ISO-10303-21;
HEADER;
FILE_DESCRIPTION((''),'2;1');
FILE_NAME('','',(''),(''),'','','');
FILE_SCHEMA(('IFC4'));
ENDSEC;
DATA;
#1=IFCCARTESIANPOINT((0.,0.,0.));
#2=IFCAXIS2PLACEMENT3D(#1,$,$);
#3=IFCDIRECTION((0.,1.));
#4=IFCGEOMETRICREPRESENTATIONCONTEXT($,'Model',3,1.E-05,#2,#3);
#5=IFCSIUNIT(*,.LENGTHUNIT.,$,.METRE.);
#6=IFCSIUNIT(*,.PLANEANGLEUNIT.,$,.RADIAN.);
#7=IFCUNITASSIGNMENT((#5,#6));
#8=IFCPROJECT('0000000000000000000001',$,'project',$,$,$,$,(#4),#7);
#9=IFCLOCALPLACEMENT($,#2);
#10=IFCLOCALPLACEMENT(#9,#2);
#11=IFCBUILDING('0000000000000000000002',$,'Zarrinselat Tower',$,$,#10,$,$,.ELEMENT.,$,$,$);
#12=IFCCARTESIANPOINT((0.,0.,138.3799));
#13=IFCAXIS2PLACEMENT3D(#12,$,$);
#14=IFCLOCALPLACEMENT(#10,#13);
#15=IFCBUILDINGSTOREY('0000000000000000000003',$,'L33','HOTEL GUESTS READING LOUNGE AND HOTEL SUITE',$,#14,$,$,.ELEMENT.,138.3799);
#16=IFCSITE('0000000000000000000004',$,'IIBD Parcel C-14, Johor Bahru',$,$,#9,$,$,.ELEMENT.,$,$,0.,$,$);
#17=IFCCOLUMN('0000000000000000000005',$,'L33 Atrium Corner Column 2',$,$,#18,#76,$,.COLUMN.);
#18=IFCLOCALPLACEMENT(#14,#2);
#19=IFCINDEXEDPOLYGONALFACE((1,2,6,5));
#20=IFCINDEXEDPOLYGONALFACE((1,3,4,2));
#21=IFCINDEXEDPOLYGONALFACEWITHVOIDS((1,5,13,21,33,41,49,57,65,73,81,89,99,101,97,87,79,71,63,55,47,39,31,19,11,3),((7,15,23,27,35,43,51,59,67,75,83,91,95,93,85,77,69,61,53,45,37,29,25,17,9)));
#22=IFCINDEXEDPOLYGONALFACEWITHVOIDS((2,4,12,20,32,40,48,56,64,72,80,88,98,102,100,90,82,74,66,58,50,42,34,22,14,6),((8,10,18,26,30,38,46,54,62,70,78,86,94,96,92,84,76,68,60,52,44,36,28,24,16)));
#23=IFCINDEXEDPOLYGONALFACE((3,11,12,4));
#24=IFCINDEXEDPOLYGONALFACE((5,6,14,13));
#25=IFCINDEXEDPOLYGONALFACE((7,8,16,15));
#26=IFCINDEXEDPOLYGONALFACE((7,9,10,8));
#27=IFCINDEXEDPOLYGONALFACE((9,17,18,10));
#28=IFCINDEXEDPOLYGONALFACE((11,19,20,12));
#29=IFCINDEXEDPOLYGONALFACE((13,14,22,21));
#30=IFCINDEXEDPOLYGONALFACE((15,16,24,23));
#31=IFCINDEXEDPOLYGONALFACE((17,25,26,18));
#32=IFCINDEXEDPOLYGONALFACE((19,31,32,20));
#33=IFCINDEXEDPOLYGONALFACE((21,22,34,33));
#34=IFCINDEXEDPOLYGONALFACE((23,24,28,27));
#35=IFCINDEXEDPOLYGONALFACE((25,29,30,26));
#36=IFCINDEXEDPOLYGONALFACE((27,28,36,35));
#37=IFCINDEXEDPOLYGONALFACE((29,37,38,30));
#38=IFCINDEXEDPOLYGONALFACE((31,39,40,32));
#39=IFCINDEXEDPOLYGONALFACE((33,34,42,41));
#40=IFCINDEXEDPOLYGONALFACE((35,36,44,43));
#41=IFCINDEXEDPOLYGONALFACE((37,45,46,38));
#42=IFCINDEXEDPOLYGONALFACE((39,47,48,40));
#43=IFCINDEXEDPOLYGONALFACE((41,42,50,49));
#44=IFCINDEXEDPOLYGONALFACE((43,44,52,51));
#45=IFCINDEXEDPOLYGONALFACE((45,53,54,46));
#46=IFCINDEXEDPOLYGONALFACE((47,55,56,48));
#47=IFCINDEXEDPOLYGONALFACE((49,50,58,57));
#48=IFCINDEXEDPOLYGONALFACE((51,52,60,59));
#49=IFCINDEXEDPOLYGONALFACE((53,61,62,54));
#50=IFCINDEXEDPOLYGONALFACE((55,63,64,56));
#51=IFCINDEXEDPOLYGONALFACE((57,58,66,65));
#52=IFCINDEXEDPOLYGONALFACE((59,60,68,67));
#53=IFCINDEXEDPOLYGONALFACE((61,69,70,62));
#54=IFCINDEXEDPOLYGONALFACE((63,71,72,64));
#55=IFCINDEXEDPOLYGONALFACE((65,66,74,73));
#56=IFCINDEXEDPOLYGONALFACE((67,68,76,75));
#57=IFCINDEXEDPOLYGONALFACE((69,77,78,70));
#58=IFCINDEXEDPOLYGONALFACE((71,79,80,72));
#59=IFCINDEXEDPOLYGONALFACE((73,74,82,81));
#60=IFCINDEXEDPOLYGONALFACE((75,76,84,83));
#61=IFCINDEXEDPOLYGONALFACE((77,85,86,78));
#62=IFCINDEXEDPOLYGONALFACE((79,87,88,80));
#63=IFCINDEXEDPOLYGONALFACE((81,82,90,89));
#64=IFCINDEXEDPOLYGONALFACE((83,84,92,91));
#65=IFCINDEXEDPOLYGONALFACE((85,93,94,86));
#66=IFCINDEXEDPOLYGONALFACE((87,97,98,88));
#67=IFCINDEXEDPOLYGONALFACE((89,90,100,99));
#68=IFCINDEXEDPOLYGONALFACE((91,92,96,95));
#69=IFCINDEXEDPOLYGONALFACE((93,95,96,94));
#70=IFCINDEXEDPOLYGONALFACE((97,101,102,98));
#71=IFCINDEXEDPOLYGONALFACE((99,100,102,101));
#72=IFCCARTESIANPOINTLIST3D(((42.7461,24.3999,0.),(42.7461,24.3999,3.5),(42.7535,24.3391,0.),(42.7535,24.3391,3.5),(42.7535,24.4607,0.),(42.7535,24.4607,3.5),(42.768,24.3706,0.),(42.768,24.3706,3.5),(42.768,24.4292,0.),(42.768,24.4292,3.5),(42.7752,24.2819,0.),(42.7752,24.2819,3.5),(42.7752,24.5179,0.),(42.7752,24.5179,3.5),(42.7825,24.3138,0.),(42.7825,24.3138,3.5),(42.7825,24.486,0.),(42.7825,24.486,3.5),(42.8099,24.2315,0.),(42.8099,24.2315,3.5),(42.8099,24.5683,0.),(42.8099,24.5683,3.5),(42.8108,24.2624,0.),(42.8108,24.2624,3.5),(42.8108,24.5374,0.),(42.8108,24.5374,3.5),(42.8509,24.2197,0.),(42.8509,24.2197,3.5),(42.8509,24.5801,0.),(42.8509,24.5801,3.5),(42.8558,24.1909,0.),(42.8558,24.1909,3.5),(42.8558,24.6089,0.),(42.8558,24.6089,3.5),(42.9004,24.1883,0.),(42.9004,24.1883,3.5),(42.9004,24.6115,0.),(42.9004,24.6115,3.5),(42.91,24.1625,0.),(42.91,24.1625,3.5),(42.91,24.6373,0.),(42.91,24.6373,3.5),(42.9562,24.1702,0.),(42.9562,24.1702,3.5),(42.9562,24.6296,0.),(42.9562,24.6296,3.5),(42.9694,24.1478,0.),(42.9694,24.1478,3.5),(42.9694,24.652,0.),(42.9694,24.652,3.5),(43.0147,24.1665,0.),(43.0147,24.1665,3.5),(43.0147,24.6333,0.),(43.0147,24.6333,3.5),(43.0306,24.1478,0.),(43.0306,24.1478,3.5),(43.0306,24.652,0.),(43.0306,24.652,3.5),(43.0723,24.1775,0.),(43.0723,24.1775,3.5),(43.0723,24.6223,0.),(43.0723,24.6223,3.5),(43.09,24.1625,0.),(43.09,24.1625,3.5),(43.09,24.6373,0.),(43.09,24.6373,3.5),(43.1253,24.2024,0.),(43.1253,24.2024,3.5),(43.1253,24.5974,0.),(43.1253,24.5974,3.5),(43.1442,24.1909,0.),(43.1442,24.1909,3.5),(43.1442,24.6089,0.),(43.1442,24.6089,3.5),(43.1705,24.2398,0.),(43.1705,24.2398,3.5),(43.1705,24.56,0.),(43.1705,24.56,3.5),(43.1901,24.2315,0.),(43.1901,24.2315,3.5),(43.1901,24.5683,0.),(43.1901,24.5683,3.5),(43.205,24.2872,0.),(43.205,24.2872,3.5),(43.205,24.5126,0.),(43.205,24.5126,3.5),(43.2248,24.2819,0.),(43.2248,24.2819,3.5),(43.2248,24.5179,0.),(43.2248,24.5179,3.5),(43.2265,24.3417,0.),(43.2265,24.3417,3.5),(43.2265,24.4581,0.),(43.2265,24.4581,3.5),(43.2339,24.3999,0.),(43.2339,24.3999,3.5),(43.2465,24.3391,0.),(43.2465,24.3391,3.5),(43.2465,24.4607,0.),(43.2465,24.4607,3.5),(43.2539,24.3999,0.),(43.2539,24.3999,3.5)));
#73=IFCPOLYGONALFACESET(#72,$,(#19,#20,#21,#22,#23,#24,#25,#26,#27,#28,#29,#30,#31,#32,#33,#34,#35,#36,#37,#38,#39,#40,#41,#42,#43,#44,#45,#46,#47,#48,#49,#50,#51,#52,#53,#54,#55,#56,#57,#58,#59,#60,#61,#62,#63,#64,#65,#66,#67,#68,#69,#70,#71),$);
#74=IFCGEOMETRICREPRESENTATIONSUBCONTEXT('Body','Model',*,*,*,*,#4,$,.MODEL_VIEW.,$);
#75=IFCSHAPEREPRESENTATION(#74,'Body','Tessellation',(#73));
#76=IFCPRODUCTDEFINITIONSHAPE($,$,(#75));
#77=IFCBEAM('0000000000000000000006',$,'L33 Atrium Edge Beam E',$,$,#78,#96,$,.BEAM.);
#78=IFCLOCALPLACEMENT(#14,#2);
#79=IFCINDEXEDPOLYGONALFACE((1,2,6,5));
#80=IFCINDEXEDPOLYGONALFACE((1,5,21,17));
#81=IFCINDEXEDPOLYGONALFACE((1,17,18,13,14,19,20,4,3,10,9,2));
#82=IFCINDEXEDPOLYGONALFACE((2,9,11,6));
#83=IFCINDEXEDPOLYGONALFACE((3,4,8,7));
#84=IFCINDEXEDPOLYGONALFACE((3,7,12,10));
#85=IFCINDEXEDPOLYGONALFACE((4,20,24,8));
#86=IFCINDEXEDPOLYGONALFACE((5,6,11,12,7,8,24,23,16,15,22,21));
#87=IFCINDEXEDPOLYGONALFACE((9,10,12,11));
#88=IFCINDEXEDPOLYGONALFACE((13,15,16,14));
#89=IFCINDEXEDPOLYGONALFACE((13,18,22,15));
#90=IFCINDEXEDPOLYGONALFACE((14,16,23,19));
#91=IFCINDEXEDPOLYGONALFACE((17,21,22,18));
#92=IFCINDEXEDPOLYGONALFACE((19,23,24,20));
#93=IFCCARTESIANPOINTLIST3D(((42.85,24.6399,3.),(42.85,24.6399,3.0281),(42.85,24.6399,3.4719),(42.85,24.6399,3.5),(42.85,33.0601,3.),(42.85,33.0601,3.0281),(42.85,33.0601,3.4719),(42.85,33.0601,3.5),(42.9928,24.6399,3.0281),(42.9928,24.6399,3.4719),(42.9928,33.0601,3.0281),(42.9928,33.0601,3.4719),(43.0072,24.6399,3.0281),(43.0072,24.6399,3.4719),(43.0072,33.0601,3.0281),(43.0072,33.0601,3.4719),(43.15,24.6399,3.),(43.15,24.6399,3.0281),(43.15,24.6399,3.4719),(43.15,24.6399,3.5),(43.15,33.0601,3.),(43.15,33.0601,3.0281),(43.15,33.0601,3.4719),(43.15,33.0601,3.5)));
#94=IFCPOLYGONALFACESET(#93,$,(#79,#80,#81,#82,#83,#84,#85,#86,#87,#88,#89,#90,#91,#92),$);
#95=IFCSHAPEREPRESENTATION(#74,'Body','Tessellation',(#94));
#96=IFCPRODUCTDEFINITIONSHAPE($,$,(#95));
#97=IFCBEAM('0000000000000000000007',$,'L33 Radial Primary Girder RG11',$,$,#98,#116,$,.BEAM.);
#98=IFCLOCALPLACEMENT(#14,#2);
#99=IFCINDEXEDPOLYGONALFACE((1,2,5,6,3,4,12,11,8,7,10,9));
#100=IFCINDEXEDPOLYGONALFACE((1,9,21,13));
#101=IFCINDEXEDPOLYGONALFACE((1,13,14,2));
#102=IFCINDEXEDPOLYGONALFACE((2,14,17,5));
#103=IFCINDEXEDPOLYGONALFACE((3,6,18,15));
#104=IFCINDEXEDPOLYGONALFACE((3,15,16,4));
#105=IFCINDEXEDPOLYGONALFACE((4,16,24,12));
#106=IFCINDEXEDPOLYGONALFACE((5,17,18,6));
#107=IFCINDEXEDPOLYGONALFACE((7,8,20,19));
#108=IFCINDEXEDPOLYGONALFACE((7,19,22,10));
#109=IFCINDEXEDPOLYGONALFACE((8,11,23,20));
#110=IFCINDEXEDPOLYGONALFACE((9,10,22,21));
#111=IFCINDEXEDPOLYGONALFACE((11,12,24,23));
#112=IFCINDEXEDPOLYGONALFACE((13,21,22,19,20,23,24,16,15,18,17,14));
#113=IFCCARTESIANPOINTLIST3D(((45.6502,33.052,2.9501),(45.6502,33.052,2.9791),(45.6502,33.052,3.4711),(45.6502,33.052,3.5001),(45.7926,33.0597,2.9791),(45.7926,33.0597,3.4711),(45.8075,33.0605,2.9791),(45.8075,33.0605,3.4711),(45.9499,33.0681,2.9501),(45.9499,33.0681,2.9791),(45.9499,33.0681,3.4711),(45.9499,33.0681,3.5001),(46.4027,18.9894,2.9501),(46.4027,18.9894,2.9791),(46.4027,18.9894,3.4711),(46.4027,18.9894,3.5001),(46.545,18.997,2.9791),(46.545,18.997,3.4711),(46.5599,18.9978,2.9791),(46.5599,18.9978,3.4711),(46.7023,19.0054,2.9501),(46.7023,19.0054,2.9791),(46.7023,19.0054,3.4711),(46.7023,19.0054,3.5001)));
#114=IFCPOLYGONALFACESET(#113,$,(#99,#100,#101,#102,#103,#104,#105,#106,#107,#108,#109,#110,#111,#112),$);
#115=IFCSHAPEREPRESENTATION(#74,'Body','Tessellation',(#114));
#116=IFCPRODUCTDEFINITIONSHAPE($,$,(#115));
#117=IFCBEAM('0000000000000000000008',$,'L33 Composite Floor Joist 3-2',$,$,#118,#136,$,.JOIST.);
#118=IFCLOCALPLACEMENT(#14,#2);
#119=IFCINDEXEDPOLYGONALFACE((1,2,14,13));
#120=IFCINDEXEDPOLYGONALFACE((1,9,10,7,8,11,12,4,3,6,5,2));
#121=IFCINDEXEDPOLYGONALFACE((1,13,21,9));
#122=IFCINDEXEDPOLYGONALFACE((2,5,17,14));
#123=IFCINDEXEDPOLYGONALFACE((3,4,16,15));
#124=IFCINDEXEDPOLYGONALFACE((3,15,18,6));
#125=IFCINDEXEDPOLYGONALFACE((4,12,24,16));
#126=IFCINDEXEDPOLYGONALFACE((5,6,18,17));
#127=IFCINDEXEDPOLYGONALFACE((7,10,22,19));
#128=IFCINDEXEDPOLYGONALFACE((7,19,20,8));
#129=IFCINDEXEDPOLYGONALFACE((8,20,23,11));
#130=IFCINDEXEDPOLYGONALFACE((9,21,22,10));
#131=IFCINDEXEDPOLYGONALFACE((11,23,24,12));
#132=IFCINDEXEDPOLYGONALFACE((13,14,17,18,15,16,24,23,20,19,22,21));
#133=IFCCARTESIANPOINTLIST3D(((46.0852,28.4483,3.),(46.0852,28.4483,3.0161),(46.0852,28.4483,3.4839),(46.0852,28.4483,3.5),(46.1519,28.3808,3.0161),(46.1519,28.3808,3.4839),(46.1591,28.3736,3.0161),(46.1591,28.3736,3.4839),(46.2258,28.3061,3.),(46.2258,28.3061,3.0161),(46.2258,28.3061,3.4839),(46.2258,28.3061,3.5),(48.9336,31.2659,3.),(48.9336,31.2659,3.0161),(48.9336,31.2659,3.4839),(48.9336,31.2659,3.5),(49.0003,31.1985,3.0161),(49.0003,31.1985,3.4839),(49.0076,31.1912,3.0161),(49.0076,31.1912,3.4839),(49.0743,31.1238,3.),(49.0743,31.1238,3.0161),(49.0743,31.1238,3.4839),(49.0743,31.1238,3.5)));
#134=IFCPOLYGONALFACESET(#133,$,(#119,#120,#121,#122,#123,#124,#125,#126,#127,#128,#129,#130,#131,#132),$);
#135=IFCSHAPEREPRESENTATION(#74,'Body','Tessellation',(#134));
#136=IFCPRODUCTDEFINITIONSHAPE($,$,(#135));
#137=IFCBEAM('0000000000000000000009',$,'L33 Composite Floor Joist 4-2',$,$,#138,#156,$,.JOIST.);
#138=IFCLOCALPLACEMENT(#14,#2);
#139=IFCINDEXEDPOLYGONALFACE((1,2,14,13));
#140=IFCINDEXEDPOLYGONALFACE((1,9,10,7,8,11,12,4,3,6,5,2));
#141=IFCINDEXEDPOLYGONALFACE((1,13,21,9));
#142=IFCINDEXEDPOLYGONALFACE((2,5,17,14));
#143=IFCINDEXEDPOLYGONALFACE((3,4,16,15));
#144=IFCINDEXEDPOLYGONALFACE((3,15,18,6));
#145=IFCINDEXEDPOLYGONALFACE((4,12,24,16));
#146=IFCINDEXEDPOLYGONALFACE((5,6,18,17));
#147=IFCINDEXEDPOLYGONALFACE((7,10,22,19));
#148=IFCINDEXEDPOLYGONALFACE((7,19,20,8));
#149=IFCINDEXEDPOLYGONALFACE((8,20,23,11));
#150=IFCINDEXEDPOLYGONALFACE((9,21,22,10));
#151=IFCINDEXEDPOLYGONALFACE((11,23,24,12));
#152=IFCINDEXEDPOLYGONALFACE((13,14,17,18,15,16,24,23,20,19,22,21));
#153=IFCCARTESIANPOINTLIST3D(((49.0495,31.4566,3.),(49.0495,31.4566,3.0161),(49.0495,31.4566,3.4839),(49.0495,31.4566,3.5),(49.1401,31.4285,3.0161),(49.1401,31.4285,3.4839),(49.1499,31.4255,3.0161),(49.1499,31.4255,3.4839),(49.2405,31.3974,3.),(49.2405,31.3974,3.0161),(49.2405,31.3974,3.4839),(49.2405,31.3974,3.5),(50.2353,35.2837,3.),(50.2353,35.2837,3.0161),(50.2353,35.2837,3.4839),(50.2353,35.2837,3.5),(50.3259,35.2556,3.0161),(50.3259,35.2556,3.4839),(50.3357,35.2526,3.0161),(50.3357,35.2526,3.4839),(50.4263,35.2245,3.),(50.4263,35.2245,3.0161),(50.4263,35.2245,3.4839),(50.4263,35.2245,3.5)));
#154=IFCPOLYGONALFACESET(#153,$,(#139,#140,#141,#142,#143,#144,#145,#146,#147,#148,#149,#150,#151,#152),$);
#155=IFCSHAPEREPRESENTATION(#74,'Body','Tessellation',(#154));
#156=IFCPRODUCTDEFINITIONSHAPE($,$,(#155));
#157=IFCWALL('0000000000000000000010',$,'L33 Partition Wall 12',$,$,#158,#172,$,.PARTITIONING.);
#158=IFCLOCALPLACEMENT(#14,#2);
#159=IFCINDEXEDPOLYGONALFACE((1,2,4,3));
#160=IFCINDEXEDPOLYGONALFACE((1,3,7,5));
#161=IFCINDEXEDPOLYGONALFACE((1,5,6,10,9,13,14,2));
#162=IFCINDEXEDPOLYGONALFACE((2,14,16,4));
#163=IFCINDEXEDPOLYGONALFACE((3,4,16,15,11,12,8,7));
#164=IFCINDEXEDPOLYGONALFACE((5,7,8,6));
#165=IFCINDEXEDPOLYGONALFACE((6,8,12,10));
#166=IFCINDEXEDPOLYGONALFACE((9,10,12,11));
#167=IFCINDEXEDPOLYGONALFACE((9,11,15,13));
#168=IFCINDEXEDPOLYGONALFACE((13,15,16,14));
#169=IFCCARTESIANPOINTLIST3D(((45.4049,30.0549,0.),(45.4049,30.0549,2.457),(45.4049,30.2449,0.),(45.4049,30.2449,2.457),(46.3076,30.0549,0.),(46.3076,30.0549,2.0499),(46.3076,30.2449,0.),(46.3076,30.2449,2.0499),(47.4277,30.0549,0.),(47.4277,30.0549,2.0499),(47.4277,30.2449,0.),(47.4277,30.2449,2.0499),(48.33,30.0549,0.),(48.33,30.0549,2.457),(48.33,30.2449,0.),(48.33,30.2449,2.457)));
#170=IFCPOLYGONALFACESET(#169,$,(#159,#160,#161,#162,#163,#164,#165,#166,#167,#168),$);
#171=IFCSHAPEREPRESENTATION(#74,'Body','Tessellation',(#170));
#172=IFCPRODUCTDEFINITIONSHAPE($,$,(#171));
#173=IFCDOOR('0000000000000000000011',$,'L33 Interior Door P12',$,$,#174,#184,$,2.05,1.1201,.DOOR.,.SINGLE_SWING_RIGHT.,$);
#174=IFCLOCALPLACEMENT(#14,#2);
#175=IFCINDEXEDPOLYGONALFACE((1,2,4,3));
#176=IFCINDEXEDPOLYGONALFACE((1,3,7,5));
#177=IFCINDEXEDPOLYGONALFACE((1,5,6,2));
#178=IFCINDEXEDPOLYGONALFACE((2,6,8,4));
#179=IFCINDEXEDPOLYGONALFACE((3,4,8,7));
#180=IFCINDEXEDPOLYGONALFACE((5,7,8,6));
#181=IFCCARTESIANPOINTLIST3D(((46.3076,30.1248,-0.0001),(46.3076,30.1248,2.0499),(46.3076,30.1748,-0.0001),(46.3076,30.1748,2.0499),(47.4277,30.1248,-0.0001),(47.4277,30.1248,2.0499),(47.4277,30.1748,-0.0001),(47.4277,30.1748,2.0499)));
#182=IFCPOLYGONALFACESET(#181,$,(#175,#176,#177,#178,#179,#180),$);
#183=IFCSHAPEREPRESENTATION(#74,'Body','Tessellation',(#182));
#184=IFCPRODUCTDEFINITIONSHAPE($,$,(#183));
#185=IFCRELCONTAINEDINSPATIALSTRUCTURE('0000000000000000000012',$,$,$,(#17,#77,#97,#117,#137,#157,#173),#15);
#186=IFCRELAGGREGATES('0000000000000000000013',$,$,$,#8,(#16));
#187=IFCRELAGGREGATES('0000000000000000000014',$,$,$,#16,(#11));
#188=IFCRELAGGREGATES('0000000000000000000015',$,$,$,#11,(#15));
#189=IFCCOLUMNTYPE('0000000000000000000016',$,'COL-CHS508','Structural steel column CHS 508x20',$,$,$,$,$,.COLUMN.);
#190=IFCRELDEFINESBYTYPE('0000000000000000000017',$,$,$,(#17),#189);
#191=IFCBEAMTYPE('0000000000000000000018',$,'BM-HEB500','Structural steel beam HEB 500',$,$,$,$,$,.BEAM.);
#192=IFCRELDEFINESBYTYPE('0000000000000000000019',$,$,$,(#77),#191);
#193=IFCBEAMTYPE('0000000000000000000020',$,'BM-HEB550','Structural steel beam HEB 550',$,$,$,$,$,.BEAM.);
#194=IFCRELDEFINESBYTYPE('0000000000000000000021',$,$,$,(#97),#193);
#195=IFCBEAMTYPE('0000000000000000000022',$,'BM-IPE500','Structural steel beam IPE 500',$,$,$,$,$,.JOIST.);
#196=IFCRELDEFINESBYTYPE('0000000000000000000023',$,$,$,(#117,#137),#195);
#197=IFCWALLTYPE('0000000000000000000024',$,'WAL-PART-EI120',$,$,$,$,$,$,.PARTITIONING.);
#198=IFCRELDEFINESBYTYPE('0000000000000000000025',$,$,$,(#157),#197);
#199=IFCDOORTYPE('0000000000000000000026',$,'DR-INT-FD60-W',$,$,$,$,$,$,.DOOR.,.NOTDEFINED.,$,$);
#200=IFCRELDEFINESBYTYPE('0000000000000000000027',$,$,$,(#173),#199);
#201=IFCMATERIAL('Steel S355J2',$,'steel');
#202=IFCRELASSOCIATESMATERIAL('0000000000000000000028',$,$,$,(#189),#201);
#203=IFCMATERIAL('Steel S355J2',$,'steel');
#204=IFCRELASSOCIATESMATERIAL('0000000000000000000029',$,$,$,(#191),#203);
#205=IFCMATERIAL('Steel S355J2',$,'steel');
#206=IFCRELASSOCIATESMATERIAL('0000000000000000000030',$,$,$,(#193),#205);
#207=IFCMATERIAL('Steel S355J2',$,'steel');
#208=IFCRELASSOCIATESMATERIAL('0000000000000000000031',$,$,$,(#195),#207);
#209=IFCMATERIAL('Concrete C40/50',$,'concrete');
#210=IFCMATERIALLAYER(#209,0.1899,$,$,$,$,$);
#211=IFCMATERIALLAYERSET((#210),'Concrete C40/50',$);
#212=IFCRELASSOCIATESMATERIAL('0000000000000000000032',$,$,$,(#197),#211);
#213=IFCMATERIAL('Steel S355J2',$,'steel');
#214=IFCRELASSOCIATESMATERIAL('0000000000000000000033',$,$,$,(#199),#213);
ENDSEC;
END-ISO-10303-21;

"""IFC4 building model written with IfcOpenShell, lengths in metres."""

from ifc_helpers import new_model, si_unit, direction, frame, frame_2d, origin, origin_2d, place, context, subcontext, project, spatial, rectangle, hollow_circle, i_section, extrude, material, layer, layer_set, material_profile, profile_set, type_object, element, fill, save


model = new_model("IFC4")

# Units and contexts
model_context = context("Model", 3, precision=1e-05, world=origin(), true_north=direction((0.0, 1.0)))
body_context = subcontext(model_context, "Body", "Model", "MODEL_VIEW")
ifc_project = project(units=[si_unit("LENGTHUNIT", "METRE"), si_unit("PLANEANGLEUNIT", "RADIAN")], contexts=[model_context])

# Site, building, storey
site_placement = place(None, origin())
site = spatial("IfcSite", under=ifc_project, at=site_placement, Name="IIBD Parcel C-14, Johor Bahru", CompositionType="ELEMENT", RefElevation=0.0)
building_placement = place(site_placement, origin())
building = spatial("IfcBuilding", under=site, at=building_placement, Name="Zarrinselat Tower", CompositionType="ELEMENT")
storey_placement = place(building_placement, frame((0.0, 0.0, 138.3799)))
storey = spatial("IfcBuildingStorey", under=building, at=storey_placement, Name="L33", Description="HOTEL GUESTS READING LOUNGE AND HOTEL SUITE", CompositionType="ELEMENT", Elevation=138.3799)

# Column
ifc_material_1 = material(Name="Steel S355J2", Category="steel")
ifc_material_profile_1 = material_profile(ifc_material_1, hollow_circle(Radius=0.2539, WallThickness=0.02, at=origin_2d()), Name="CHS 508x20")
ifc_profile_set_1 = profile_set([ifc_material_profile_1], Name="Steel S355J2")
column_type = type_object("IfcColumnType", Name="COL-CHS508", Description="Structural steel column CHS 508x20", PredefinedType="COLUMN", material=ifc_profile_set_1)
column_placement = place(storey_placement, frame((43.0, 24.3999, 0.0), z_axis=(0.0, 0.0, 1.0), x_axis=(1.0, 0.0, 0.0)))
element("IfcColumn", 1, at=column_placement, inside=storey, type_object=column_type, Name="L33 Atrium Corner Column 2", PredefinedType="COLUMN", context=body_context, shape_type="SweptSolid", body=[
    extrude(hollow_circle(Radius=0.2539, WallThickness=0.02, at=origin_2d()), origin(), (0.0, 0.0, 1.0), 3.5),
])

# Beams
ifc_material_2 = material(Name="Steel S355J2", Category="steel")
ifc_material_profile_2 = material_profile(ifc_material_2, i_section(OverallWidth=0.3, OverallDepth=0.5, WebThickness=0.0144, FlangeThickness=0.0281, at=origin_2d()), Name="HEB 500")
ifc_profile_set_2 = profile_set([ifc_material_profile_2], Name="Steel S355J2")
beam_type_1 = type_object("IfcBeamType", Name="BM-HEB500", Description="Structural steel beam HEB 500", PredefinedType="BEAM", material=ifc_profile_set_2)
beam_1_placement = place(storey_placement, frame((43.0, 24.6399, 3.25), z_axis=(0.0, 1.0, 0.0), x_axis=(-1.0, 0.0, 0.0)))
element("IfcBeam", 2, at=beam_1_placement, inside=storey, type_object=beam_type_1, Name="L33 Atrium Edge Beam E", PredefinedType="BEAM", context=body_context, shape_type="SweptSolid", body=[
    extrude(i_section(OverallWidth=0.3, OverallDepth=0.5, WebThickness=0.0144, FlangeThickness=0.0281, at=origin_2d()), origin(), (0.0, 0.0, 1.0), 8.4202),
])
ifc_material_3 = material(Name="Steel S355J2", Category="steel")
ifc_material_profile_3 = material_profile(ifc_material_3, i_section(OverallWidth=0.3, OverallDepth=0.55, WebThickness=0.0149, FlangeThickness=0.0291, at=origin_2d()), Name="HEB 550")
ifc_profile_set_3 = profile_set([ifc_material_profile_3], Name="Steel S355J2")
beam_type_2 = type_object("IfcBeamType", Name="BM-HEB550", Description="Structural steel beam HEB 550", PredefinedType="BEAM", material=ifc_profile_set_3)
beam_2_placement = place(storey_placement, frame((45.8, 33.0601, 3.2251), z_axis=(0.05343, -0.998572, 0.0), x_axis=(0.998572, 0.05343, 0.0)))
element("IfcBeam", 3, at=beam_2_placement, inside=storey, type_object=beam_type_2, Name="L33 Radial Primary Girder RG11", PredefinedType="BEAM", context=body_context, shape_type="SweptSolid", body=[
    extrude(i_section(OverallWidth=0.3, OverallDepth=0.55, WebThickness=0.0149, FlangeThickness=0.0291, at=origin_2d()), origin(), (0.0, 0.0, 1.0), 14.0828),
])
ifc_material_4 = material(Name="Steel S355J2", Category="steel")
ifc_material_profile_4 = material_profile(ifc_material_4, i_section(OverallWidth=0.2, OverallDepth=0.5, WebThickness=0.0103, FlangeThickness=0.0161, at=origin_2d()), Name="IPE 500")
ifc_profile_set_4 = profile_set([ifc_material_profile_4], Name="Steel S355J2")
beam_type_3 = type_object("IfcBeamType", Name="BM-IPE500", Description="Structural steel beam IPE 500", PredefinedType="JOIST", material=ifc_profile_set_4)
for number, where, z_axis, x_axis, name in (
    (4, (46.1555, 28.3772, 3.25), (0.710935, 0.703257, 0.0), (-0.703257, 0.710935, 0.0), "L33 Composite Floor Joist 3-2"),
    (5, (49.145, 31.427, 3.25), (0.295956, 0.955201, 0.0), (-0.955201, 0.295956, 0.0), "L33 Composite Floor Joist 4-2"),
):
    element("IfcBeam", number, at=place(storey_placement, frame(where, z_axis=z_axis, x_axis=x_axis)), inside=storey, type_object=beam_type_3, Name=name, PredefinedType="JOIST", context=body_context, shape_type="SweptSolid", body=[
        extrude(i_section(OverallWidth=0.2, OverallDepth=0.5, WebThickness=0.0103, FlangeThickness=0.0161, at=origin_2d()), origin(), (0.0, 0.0, 1.0), 4.0066),
    ])

# Wall, opening, door
ifc_material_5 = material(Name="Concrete C40/50", Category="concrete")
ifc_layer_1 = layer(ifc_material_5, 0.1899)
ifc_layer_set_1 = layer_set([ifc_layer_1], Name="Concrete C40/50")
wall_type_1 = type_object("IfcWallType", Name="WAL-PART-EI120", PredefinedType="PARTITIONING", material=ifc_layer_set_1)
wall_1_placement = place(storey_placement, frame((45.405, 30.1499, 0.0), z_axis=(0.0, 0.0, 1.0), x_axis=(1.0, 0.0, 0.0)))
wall_1 = element("IfcWall", 6, at=wall_1_placement, inside=storey, type_object=wall_type_1, Name="L33 Partition Wall 12", PredefinedType="PARTITIONING", context=body_context, shape_type="SweptSolid", body=[
    extrude(rectangle(XDim=2.925, YDim=0.1899, at=frame_2d((1.4624, 0.0))), origin(), (0.0, 0.0, 1.0), 2.457),
])
opening_1_placement = place(wall_1_placement, frame((0.9026, 0.0, 0.0)))
opening_1 = element("IfcOpeningElement", 7, at=opening_1_placement, cuts=wall_1, PredefinedType="OPENING", context=body_context, shape_type="SweptSolid", body=[
    extrude(rectangle(XDim=1.1201, YDim=2.05, at=frame_2d((0.5601, 1.0249))), frame((0.0, 0.105, 0.0), z_axis=(0.0, -1.0, 0.0), x_axis=(1.0, 0.0, 0.0)), (0.0, 0.0, 1.0), 0.21),
])
ifc_material_6 = material(Name="Steel S355J2", Category="steel")
door_type_1 = type_object("IfcDoorType", Name="DR-INT-FD60-W", OperationType="NOTDEFINED", PredefinedType="DOOR", material=ifc_material_6)
door_1_placement = place(opening_1_placement, origin())
door_1 = element("IfcDoor", 8, at=door_1_placement, inside=storey, type_object=door_type_1, Name="L33 Interior Door P12", OperationType="SINGLE_SWING_RIGHT", OverallHeight=2.05, OverallWidth=1.1201, PredefinedType="DOOR", context=body_context, shape_type="SweptSolid", body=[
    extrude(rectangle(XDim=1.1201, YDim=2.05, at=frame_2d((0.5601, 1.0249))), frame((0.0, 0.0249, 0.0), z_axis=(0.0, -1.0, 0.0), x_axis=(1.0, 0.0, 0.0)), (0.0, 0.0, 1.0), 0.05),
])
fill(opening_1, door_1)

save(model, "model.ifc")
